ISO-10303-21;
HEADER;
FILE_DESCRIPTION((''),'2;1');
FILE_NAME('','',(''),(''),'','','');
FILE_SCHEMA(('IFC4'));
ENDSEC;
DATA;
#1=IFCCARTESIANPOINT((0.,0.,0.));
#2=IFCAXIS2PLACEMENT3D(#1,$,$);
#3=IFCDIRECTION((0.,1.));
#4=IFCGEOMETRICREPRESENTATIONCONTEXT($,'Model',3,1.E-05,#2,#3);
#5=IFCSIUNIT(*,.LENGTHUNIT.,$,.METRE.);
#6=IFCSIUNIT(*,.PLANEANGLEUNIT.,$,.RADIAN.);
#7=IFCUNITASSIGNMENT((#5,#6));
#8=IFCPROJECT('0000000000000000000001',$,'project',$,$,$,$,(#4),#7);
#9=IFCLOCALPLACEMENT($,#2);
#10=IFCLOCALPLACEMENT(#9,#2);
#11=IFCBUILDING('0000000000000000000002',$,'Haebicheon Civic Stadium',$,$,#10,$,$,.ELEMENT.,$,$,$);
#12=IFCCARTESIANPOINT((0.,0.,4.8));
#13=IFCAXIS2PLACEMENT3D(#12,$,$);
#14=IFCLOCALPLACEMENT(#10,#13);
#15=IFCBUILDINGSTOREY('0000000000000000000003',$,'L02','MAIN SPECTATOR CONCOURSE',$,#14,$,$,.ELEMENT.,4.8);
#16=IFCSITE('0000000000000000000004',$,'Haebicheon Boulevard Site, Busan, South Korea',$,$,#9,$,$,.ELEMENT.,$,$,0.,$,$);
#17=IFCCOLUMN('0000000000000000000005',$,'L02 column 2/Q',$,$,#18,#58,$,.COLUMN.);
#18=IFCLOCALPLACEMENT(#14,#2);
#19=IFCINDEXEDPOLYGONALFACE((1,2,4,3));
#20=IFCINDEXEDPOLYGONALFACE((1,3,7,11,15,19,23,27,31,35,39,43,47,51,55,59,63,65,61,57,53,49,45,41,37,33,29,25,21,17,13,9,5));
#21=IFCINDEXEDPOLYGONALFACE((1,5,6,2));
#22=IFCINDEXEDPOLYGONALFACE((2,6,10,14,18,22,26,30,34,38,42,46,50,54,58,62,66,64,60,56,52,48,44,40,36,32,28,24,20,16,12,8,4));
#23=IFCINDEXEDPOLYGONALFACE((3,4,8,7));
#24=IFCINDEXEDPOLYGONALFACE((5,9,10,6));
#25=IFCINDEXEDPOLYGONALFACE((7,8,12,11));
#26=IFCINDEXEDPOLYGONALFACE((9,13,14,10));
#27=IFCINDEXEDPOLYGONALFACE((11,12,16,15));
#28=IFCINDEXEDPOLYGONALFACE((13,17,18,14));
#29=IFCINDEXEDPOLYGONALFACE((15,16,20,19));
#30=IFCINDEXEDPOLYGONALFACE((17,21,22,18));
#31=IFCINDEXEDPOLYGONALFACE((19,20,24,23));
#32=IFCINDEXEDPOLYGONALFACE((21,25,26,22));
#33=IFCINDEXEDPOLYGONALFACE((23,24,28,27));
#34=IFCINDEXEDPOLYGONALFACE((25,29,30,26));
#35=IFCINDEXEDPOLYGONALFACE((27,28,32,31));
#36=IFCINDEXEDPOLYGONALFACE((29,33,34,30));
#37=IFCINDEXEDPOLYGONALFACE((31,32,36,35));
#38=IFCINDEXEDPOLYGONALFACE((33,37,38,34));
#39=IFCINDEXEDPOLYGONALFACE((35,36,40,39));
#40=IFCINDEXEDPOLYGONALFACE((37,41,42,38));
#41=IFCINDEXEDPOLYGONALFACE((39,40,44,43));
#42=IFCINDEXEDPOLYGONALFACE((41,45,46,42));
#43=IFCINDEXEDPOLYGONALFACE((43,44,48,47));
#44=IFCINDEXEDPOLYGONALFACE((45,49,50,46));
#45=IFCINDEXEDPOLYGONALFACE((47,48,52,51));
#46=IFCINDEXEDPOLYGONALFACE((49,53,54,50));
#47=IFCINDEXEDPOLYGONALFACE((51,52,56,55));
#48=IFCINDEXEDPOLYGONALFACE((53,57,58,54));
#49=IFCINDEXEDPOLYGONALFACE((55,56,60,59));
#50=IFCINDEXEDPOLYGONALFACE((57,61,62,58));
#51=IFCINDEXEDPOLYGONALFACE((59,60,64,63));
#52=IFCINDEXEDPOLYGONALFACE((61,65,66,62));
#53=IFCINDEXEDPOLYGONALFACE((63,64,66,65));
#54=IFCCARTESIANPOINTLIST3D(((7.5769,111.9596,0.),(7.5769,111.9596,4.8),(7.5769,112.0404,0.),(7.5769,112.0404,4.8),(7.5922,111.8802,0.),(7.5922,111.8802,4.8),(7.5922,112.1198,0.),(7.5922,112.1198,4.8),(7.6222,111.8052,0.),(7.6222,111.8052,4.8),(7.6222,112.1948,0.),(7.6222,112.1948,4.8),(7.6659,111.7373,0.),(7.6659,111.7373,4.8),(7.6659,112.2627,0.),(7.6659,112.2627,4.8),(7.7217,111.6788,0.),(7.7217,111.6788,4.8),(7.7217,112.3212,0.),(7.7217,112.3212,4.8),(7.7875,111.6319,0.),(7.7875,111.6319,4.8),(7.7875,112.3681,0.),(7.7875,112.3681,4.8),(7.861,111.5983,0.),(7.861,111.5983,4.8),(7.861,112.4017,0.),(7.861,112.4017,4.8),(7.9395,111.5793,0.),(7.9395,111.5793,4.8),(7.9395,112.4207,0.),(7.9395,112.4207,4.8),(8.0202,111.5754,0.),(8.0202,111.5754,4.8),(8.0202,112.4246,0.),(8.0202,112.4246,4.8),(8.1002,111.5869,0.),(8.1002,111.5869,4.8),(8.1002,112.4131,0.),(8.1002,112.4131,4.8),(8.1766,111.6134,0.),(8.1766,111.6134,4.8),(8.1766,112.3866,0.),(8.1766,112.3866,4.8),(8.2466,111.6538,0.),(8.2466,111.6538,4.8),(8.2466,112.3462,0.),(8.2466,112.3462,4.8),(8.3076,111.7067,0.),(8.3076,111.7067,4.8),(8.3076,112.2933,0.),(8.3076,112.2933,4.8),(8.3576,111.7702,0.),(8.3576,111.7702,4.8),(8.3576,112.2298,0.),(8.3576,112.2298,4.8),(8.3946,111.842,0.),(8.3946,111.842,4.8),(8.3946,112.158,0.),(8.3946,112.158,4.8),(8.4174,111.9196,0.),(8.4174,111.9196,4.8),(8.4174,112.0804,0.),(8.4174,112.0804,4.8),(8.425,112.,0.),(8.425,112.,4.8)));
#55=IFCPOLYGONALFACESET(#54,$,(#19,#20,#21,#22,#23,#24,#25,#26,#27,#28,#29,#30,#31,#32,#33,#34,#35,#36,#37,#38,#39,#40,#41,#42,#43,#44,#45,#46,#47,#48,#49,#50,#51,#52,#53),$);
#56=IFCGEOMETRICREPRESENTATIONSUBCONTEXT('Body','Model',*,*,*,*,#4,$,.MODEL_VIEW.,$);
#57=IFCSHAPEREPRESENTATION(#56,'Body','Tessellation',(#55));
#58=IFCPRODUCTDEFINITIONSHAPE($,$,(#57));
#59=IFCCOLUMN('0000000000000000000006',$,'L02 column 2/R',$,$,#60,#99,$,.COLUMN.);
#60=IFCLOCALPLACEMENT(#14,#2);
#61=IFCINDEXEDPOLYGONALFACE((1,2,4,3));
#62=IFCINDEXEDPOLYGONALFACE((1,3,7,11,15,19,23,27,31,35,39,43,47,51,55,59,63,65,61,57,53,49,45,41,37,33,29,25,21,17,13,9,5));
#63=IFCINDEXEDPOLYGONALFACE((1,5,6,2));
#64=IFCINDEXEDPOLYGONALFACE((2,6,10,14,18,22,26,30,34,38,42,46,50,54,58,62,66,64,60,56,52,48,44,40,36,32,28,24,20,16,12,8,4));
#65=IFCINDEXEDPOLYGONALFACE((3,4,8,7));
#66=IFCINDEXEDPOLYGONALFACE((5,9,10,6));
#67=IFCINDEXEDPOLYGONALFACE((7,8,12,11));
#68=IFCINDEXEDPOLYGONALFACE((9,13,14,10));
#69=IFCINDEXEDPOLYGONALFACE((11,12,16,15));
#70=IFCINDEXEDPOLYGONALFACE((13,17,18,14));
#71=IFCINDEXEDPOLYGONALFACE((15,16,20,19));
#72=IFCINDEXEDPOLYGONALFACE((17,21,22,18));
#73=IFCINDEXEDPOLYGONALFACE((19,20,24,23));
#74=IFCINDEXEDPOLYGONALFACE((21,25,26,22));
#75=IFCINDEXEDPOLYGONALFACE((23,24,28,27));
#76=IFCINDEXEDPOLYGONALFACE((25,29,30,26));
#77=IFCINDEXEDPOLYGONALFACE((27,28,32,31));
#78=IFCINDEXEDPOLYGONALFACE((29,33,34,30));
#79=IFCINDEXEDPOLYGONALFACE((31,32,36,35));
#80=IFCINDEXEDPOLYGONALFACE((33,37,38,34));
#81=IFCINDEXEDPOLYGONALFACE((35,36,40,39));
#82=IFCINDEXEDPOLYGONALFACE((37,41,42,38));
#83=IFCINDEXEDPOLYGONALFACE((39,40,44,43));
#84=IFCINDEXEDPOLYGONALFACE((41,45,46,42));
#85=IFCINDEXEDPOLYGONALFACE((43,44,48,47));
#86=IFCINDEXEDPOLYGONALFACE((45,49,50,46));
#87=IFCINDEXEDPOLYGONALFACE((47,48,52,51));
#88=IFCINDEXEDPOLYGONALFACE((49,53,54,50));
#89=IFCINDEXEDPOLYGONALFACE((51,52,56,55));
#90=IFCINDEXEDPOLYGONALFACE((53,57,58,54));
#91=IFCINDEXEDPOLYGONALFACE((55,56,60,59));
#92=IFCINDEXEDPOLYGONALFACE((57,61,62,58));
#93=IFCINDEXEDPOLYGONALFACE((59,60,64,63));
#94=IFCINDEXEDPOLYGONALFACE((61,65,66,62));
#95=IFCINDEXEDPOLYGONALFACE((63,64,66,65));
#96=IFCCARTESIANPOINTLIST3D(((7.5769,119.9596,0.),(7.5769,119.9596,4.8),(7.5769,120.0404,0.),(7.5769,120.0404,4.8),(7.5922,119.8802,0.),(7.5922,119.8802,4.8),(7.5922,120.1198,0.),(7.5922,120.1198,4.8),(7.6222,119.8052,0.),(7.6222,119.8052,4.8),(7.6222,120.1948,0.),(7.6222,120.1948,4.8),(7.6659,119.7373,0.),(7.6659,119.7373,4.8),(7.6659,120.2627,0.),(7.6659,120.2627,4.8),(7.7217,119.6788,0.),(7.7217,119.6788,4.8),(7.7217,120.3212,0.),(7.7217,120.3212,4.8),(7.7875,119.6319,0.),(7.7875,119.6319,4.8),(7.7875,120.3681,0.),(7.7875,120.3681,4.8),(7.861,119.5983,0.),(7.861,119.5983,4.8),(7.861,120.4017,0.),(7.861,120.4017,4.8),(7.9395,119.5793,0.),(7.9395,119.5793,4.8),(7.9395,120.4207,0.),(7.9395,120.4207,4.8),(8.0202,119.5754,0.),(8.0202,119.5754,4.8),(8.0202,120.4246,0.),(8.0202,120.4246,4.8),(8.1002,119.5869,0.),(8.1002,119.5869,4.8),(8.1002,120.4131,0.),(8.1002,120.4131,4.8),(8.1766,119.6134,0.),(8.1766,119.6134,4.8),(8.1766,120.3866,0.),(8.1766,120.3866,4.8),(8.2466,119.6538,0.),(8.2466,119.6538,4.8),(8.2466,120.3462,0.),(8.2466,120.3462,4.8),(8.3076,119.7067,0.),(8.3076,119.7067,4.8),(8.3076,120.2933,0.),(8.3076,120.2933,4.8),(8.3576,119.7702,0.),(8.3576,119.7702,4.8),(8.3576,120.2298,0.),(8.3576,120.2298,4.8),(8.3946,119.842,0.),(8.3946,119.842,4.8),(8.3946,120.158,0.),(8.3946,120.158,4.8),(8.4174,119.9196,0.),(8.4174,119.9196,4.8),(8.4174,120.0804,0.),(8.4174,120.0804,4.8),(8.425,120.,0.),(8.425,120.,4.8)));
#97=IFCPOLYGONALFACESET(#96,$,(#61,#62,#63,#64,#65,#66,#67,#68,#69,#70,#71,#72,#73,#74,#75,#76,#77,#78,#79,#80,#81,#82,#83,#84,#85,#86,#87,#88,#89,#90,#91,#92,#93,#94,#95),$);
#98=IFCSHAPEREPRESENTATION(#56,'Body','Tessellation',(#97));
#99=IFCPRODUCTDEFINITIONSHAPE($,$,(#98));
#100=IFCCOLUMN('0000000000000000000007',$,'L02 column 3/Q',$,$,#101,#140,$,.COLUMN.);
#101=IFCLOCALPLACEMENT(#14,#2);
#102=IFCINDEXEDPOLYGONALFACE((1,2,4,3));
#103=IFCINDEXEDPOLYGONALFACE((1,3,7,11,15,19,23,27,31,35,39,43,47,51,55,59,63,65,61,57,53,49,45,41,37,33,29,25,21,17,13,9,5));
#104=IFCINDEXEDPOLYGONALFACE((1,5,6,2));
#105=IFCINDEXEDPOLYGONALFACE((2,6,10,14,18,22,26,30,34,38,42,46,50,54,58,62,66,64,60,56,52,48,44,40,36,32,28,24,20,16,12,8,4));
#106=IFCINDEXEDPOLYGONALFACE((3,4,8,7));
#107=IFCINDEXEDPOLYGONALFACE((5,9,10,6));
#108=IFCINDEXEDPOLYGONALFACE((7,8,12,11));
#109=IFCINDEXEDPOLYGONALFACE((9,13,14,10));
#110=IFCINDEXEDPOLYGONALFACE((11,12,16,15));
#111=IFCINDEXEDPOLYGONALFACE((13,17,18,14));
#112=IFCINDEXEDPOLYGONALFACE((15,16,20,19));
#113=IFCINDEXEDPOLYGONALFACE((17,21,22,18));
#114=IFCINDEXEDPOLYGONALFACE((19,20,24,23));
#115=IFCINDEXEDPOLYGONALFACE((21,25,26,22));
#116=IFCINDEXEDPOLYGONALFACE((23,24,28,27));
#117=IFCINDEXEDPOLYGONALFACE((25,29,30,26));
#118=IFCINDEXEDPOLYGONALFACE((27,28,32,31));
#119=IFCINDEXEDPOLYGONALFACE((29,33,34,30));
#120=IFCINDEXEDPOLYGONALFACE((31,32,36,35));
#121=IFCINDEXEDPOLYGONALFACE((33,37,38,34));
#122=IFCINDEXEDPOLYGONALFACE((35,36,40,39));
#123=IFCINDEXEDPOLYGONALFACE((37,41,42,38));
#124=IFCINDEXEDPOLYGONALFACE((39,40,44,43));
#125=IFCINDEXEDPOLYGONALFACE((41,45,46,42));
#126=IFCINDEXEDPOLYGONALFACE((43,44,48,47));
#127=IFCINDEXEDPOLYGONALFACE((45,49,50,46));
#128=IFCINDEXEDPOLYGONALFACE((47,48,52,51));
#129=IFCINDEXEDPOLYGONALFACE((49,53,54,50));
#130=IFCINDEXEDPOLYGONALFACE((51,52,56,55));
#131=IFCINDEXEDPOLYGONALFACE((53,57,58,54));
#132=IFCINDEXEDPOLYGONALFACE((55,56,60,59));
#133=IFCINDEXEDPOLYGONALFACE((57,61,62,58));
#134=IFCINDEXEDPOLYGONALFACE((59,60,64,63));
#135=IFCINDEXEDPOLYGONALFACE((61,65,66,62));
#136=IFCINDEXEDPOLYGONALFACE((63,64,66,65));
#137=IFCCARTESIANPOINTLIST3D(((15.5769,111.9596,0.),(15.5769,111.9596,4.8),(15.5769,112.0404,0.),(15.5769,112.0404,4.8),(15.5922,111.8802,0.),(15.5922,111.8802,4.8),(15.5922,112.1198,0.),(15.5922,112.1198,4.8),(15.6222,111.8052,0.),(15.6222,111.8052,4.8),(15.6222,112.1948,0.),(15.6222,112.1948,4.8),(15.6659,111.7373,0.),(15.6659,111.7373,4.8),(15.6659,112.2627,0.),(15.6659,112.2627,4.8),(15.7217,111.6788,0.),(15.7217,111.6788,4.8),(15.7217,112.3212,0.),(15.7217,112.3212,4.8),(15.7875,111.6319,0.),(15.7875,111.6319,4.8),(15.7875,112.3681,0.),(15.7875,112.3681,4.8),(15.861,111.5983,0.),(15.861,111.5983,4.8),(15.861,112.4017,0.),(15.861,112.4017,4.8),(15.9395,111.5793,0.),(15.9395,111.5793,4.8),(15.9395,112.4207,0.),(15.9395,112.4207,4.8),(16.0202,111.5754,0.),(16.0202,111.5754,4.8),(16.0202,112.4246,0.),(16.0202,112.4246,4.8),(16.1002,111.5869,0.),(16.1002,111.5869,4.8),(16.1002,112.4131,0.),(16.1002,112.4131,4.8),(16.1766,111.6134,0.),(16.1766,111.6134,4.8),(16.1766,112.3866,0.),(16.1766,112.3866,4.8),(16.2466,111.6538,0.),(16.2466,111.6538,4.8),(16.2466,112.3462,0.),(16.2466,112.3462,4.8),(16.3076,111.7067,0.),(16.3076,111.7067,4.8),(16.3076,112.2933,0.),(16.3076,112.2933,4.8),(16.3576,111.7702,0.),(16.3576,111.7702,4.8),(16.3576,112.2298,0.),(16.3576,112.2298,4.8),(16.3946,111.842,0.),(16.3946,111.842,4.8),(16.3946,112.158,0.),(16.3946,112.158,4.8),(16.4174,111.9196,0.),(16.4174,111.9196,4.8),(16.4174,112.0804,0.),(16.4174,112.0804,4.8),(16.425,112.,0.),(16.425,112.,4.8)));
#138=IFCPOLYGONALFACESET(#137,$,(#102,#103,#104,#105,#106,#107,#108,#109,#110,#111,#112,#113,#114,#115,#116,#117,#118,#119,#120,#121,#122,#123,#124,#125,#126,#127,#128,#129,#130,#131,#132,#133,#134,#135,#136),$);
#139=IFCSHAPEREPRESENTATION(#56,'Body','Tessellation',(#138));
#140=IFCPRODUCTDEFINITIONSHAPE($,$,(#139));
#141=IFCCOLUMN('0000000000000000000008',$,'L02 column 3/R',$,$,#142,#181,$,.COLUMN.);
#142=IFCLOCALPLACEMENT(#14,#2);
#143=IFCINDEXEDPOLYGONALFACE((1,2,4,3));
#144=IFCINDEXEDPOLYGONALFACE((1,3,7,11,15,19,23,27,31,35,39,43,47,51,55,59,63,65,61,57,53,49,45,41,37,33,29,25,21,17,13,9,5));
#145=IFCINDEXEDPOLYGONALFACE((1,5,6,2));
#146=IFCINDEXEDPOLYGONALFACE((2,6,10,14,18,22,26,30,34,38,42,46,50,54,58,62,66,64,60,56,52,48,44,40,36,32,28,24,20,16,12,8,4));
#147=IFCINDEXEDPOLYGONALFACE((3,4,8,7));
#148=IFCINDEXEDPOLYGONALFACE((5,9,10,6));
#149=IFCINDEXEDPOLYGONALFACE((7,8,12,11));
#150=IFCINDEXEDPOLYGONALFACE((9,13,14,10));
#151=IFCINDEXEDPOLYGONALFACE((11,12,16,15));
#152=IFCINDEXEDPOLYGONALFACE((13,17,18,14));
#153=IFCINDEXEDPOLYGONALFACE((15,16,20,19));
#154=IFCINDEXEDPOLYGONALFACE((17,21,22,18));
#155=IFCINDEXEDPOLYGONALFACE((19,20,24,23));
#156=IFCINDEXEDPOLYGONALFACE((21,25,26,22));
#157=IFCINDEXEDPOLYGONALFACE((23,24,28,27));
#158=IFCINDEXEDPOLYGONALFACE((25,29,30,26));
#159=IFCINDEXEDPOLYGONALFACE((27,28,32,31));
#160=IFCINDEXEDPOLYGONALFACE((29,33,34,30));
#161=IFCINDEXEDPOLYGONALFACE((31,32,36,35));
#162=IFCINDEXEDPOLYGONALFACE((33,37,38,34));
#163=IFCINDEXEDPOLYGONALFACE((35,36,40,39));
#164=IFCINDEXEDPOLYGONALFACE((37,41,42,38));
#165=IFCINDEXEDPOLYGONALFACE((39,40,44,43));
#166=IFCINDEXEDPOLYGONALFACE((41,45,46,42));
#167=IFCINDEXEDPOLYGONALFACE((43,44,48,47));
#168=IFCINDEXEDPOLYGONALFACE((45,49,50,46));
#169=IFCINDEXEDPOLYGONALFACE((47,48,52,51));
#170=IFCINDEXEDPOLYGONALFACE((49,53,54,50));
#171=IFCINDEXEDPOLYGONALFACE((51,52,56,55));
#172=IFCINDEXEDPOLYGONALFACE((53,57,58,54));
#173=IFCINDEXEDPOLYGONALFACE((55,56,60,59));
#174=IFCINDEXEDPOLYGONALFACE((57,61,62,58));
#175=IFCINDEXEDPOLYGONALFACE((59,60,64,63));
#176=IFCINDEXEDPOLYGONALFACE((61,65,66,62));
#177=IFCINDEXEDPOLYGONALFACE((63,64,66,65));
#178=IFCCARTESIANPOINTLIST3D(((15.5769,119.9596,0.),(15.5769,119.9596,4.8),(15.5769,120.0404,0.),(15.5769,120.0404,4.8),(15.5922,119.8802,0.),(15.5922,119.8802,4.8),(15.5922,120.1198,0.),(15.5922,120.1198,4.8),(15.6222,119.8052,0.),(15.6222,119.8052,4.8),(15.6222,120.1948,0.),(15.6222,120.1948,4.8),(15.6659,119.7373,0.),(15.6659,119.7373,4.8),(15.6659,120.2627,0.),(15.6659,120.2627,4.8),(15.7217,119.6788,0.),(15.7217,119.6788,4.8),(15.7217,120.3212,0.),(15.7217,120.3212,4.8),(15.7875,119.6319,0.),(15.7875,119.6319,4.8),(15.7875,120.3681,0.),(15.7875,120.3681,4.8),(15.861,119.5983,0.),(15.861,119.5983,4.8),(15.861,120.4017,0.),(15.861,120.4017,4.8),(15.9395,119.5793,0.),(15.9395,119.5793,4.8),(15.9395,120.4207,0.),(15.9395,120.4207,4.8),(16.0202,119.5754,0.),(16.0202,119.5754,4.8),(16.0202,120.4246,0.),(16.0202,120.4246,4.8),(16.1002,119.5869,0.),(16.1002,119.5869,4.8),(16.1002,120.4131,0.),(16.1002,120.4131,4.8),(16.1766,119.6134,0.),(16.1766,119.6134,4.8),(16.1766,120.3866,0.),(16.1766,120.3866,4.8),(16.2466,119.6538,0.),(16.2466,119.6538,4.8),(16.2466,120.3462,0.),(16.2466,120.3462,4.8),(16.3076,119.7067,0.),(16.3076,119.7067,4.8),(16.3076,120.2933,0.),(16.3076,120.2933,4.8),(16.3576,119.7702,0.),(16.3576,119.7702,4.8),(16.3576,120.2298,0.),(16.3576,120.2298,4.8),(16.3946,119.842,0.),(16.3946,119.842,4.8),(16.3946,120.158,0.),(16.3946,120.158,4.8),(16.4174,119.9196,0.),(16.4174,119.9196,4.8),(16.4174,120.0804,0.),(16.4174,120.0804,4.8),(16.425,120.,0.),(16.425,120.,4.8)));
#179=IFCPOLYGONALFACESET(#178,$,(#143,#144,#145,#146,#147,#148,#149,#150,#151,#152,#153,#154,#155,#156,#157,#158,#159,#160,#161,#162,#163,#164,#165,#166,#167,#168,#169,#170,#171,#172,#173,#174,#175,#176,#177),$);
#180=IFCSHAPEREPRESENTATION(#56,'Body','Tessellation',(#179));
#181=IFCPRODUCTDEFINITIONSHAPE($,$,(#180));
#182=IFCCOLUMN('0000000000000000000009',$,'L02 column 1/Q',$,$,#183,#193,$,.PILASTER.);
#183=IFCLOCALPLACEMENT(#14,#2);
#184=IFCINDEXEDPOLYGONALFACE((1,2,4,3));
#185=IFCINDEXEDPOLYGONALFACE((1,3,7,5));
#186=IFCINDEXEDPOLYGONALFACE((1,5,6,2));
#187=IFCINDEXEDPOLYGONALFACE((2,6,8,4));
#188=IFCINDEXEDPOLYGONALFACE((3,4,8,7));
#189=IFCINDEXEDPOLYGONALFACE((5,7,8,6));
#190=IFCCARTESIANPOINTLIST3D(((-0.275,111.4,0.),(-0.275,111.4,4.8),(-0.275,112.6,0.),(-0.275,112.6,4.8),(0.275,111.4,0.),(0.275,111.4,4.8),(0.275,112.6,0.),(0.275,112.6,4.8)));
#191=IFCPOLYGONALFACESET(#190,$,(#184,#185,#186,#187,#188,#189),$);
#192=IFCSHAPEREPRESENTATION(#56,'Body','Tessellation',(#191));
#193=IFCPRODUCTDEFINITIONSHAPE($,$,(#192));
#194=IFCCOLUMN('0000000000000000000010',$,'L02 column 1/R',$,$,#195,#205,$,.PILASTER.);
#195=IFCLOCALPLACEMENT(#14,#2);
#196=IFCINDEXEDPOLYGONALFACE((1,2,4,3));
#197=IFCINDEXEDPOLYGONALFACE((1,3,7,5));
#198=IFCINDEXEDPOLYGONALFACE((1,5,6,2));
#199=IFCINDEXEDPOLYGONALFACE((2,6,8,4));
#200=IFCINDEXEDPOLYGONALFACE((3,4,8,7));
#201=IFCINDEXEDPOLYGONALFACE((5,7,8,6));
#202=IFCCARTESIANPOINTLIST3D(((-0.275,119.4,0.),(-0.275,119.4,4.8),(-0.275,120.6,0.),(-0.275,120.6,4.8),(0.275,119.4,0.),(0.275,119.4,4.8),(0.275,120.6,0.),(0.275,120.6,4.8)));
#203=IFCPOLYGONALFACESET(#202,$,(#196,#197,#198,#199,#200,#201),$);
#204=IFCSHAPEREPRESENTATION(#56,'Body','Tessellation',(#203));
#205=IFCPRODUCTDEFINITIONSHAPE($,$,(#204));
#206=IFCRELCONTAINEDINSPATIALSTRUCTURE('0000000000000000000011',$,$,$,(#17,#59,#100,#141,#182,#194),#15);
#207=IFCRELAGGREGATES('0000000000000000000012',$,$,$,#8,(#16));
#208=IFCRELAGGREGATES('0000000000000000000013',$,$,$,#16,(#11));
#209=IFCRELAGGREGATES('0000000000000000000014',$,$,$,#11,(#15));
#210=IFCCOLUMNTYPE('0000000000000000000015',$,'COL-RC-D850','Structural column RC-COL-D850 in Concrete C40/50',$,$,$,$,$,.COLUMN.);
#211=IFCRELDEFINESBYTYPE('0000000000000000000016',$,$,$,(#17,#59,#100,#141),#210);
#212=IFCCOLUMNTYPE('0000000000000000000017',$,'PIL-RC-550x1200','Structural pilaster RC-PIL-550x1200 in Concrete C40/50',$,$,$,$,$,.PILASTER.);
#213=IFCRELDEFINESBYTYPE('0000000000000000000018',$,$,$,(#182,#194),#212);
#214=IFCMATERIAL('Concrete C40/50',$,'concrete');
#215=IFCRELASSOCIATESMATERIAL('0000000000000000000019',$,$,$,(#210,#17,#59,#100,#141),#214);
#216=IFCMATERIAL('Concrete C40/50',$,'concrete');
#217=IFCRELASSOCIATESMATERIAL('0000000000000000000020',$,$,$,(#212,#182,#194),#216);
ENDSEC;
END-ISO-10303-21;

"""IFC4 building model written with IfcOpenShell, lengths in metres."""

from ifc_helpers import new_model, si_unit, direction, frame, origin, origin_2d, place, context, subcontext, project, spatial, rectangle, circle, extrude, material, material_profile, profile_set, type_object, element, save


model = new_model("IFC4")

# Units and contexts
model_context = context("Model", 3, precision=1e-05, world=origin(), true_north=direction((0.0, 1.0)))
body_context = subcontext(model_context, "Body", "Model", "MODEL_VIEW")
ifc_project = project(units=[si_unit("LENGTHUNIT", "METRE"), si_unit("PLANEANGLEUNIT", "RADIAN")], contexts=[model_context])

# Site, building, storey
site_placement = place(None, origin())
site = spatial("IfcSite", under=ifc_project, at=site_placement, Name="Haebicheon Boulevard Site, Busan, South Korea", CompositionType="ELEMENT", RefElevation=0.0)
building_placement = place(site_placement, origin())
building = spatial("IfcBuilding", under=site, at=building_placement, Name="Haebicheon Civic Stadium", CompositionType="ELEMENT")
storey_placement = place(building_placement, frame((0.0, 0.0, 4.8)))
storey = spatial("IfcBuildingStorey", under=building, at=storey_placement, Name="L02", Description="MAIN SPECTATOR CONCOURSE", CompositionType="ELEMENT", Elevation=4.8)

# Columns
ifc_material_1 = material(Name="Concrete C40/50", Category="concrete")
ifc_material_profile_1 = material_profile(ifc_material_1, circle(Radius=0.425, at=origin_2d()), Name="RC-COL-D850")
ifc_profile_set_1 = profile_set([ifc_material_profile_1], Name="Concrete C40/50")
column_type_1 = type_object("IfcColumnType", Name="COL-RC-D850", Description="Structural column RC-COL-D850 in Concrete C40/50", PredefinedType="COLUMN", material=ifc_profile_set_1)
for number, where, z_axis, x_axis, name in (
    (1, (8.0, 112.0, 0.0), (0.0, 0.0, 1.0), (1.0, 0.0, 0.0), "L02 column 2/Q"),
    (2, (8.0, 120.0, 0.0), (0.0, 0.0, 1.0), (1.0, 0.0, 0.0), "L02 column 2/R"),
    (3, (16.0, 112.0, 0.0), (0.0, 0.0, 1.0), (1.0, 0.0, 0.0), "L02 column 3/Q"),
    (4, (16.0, 120.0, 0.0), (0.0, 0.0, 1.0), (1.0, 0.0, 0.0), "L02 column 3/R"),
):
    element("IfcColumn", number, at=place(storey_placement, frame(where, z_axis=z_axis, x_axis=x_axis)), inside=storey, type_object=column_type_1, material=ifc_profile_set_1, Name=name, PredefinedType="COLUMN", context=body_context, shape_type="SweptSolid", body=[
        extrude(circle(Radius=0.425, at=origin_2d()), origin(), (0.0, 0.0, 1.0), 4.8),
    ])
ifc_material_2 = material(Name="Concrete C40/50", Category="concrete")
ifc_material_profile_2 = material_profile(ifc_material_2, rectangle(XDim=0.55, YDim=1.2, at=origin_2d()), Name="RC-PIL-550x1200")
ifc_profile_set_2 = profile_set([ifc_material_profile_2], Name="Concrete C40/50")
column_type_2 = type_object("IfcColumnType", Name="PIL-RC-550x1200", Description="Structural pilaster RC-PIL-550x1200 in Concrete C40/50", PredefinedType="PILASTER", material=ifc_profile_set_2)
for number, where, z_axis, x_axis, name in (
    (5, (0.0, 112.0, 0.0), (0.0, 0.0, 1.0), (1.0, 0.0, 0.0), "L02 column 1/Q"),
    (6, (0.0, 120.0, 0.0), (0.0, 0.0, 1.0), (1.0, 0.0, 0.0), "L02 column 1/R"),
):
    element("IfcColumn", number, at=place(storey_placement, frame(where, z_axis=z_axis, x_axis=x_axis)), inside=storey, type_object=column_type_2, material=ifc_profile_set_2, Name=name, PredefinedType="PILASTER", context=body_context, shape_type="SweptSolid", body=[
        extrude(rectangle(XDim=0.55, YDim=1.2, at=origin_2d()), origin(), (0.0, 0.0, 1.0), 4.8),
    ])

save(model, "model.ifc")
